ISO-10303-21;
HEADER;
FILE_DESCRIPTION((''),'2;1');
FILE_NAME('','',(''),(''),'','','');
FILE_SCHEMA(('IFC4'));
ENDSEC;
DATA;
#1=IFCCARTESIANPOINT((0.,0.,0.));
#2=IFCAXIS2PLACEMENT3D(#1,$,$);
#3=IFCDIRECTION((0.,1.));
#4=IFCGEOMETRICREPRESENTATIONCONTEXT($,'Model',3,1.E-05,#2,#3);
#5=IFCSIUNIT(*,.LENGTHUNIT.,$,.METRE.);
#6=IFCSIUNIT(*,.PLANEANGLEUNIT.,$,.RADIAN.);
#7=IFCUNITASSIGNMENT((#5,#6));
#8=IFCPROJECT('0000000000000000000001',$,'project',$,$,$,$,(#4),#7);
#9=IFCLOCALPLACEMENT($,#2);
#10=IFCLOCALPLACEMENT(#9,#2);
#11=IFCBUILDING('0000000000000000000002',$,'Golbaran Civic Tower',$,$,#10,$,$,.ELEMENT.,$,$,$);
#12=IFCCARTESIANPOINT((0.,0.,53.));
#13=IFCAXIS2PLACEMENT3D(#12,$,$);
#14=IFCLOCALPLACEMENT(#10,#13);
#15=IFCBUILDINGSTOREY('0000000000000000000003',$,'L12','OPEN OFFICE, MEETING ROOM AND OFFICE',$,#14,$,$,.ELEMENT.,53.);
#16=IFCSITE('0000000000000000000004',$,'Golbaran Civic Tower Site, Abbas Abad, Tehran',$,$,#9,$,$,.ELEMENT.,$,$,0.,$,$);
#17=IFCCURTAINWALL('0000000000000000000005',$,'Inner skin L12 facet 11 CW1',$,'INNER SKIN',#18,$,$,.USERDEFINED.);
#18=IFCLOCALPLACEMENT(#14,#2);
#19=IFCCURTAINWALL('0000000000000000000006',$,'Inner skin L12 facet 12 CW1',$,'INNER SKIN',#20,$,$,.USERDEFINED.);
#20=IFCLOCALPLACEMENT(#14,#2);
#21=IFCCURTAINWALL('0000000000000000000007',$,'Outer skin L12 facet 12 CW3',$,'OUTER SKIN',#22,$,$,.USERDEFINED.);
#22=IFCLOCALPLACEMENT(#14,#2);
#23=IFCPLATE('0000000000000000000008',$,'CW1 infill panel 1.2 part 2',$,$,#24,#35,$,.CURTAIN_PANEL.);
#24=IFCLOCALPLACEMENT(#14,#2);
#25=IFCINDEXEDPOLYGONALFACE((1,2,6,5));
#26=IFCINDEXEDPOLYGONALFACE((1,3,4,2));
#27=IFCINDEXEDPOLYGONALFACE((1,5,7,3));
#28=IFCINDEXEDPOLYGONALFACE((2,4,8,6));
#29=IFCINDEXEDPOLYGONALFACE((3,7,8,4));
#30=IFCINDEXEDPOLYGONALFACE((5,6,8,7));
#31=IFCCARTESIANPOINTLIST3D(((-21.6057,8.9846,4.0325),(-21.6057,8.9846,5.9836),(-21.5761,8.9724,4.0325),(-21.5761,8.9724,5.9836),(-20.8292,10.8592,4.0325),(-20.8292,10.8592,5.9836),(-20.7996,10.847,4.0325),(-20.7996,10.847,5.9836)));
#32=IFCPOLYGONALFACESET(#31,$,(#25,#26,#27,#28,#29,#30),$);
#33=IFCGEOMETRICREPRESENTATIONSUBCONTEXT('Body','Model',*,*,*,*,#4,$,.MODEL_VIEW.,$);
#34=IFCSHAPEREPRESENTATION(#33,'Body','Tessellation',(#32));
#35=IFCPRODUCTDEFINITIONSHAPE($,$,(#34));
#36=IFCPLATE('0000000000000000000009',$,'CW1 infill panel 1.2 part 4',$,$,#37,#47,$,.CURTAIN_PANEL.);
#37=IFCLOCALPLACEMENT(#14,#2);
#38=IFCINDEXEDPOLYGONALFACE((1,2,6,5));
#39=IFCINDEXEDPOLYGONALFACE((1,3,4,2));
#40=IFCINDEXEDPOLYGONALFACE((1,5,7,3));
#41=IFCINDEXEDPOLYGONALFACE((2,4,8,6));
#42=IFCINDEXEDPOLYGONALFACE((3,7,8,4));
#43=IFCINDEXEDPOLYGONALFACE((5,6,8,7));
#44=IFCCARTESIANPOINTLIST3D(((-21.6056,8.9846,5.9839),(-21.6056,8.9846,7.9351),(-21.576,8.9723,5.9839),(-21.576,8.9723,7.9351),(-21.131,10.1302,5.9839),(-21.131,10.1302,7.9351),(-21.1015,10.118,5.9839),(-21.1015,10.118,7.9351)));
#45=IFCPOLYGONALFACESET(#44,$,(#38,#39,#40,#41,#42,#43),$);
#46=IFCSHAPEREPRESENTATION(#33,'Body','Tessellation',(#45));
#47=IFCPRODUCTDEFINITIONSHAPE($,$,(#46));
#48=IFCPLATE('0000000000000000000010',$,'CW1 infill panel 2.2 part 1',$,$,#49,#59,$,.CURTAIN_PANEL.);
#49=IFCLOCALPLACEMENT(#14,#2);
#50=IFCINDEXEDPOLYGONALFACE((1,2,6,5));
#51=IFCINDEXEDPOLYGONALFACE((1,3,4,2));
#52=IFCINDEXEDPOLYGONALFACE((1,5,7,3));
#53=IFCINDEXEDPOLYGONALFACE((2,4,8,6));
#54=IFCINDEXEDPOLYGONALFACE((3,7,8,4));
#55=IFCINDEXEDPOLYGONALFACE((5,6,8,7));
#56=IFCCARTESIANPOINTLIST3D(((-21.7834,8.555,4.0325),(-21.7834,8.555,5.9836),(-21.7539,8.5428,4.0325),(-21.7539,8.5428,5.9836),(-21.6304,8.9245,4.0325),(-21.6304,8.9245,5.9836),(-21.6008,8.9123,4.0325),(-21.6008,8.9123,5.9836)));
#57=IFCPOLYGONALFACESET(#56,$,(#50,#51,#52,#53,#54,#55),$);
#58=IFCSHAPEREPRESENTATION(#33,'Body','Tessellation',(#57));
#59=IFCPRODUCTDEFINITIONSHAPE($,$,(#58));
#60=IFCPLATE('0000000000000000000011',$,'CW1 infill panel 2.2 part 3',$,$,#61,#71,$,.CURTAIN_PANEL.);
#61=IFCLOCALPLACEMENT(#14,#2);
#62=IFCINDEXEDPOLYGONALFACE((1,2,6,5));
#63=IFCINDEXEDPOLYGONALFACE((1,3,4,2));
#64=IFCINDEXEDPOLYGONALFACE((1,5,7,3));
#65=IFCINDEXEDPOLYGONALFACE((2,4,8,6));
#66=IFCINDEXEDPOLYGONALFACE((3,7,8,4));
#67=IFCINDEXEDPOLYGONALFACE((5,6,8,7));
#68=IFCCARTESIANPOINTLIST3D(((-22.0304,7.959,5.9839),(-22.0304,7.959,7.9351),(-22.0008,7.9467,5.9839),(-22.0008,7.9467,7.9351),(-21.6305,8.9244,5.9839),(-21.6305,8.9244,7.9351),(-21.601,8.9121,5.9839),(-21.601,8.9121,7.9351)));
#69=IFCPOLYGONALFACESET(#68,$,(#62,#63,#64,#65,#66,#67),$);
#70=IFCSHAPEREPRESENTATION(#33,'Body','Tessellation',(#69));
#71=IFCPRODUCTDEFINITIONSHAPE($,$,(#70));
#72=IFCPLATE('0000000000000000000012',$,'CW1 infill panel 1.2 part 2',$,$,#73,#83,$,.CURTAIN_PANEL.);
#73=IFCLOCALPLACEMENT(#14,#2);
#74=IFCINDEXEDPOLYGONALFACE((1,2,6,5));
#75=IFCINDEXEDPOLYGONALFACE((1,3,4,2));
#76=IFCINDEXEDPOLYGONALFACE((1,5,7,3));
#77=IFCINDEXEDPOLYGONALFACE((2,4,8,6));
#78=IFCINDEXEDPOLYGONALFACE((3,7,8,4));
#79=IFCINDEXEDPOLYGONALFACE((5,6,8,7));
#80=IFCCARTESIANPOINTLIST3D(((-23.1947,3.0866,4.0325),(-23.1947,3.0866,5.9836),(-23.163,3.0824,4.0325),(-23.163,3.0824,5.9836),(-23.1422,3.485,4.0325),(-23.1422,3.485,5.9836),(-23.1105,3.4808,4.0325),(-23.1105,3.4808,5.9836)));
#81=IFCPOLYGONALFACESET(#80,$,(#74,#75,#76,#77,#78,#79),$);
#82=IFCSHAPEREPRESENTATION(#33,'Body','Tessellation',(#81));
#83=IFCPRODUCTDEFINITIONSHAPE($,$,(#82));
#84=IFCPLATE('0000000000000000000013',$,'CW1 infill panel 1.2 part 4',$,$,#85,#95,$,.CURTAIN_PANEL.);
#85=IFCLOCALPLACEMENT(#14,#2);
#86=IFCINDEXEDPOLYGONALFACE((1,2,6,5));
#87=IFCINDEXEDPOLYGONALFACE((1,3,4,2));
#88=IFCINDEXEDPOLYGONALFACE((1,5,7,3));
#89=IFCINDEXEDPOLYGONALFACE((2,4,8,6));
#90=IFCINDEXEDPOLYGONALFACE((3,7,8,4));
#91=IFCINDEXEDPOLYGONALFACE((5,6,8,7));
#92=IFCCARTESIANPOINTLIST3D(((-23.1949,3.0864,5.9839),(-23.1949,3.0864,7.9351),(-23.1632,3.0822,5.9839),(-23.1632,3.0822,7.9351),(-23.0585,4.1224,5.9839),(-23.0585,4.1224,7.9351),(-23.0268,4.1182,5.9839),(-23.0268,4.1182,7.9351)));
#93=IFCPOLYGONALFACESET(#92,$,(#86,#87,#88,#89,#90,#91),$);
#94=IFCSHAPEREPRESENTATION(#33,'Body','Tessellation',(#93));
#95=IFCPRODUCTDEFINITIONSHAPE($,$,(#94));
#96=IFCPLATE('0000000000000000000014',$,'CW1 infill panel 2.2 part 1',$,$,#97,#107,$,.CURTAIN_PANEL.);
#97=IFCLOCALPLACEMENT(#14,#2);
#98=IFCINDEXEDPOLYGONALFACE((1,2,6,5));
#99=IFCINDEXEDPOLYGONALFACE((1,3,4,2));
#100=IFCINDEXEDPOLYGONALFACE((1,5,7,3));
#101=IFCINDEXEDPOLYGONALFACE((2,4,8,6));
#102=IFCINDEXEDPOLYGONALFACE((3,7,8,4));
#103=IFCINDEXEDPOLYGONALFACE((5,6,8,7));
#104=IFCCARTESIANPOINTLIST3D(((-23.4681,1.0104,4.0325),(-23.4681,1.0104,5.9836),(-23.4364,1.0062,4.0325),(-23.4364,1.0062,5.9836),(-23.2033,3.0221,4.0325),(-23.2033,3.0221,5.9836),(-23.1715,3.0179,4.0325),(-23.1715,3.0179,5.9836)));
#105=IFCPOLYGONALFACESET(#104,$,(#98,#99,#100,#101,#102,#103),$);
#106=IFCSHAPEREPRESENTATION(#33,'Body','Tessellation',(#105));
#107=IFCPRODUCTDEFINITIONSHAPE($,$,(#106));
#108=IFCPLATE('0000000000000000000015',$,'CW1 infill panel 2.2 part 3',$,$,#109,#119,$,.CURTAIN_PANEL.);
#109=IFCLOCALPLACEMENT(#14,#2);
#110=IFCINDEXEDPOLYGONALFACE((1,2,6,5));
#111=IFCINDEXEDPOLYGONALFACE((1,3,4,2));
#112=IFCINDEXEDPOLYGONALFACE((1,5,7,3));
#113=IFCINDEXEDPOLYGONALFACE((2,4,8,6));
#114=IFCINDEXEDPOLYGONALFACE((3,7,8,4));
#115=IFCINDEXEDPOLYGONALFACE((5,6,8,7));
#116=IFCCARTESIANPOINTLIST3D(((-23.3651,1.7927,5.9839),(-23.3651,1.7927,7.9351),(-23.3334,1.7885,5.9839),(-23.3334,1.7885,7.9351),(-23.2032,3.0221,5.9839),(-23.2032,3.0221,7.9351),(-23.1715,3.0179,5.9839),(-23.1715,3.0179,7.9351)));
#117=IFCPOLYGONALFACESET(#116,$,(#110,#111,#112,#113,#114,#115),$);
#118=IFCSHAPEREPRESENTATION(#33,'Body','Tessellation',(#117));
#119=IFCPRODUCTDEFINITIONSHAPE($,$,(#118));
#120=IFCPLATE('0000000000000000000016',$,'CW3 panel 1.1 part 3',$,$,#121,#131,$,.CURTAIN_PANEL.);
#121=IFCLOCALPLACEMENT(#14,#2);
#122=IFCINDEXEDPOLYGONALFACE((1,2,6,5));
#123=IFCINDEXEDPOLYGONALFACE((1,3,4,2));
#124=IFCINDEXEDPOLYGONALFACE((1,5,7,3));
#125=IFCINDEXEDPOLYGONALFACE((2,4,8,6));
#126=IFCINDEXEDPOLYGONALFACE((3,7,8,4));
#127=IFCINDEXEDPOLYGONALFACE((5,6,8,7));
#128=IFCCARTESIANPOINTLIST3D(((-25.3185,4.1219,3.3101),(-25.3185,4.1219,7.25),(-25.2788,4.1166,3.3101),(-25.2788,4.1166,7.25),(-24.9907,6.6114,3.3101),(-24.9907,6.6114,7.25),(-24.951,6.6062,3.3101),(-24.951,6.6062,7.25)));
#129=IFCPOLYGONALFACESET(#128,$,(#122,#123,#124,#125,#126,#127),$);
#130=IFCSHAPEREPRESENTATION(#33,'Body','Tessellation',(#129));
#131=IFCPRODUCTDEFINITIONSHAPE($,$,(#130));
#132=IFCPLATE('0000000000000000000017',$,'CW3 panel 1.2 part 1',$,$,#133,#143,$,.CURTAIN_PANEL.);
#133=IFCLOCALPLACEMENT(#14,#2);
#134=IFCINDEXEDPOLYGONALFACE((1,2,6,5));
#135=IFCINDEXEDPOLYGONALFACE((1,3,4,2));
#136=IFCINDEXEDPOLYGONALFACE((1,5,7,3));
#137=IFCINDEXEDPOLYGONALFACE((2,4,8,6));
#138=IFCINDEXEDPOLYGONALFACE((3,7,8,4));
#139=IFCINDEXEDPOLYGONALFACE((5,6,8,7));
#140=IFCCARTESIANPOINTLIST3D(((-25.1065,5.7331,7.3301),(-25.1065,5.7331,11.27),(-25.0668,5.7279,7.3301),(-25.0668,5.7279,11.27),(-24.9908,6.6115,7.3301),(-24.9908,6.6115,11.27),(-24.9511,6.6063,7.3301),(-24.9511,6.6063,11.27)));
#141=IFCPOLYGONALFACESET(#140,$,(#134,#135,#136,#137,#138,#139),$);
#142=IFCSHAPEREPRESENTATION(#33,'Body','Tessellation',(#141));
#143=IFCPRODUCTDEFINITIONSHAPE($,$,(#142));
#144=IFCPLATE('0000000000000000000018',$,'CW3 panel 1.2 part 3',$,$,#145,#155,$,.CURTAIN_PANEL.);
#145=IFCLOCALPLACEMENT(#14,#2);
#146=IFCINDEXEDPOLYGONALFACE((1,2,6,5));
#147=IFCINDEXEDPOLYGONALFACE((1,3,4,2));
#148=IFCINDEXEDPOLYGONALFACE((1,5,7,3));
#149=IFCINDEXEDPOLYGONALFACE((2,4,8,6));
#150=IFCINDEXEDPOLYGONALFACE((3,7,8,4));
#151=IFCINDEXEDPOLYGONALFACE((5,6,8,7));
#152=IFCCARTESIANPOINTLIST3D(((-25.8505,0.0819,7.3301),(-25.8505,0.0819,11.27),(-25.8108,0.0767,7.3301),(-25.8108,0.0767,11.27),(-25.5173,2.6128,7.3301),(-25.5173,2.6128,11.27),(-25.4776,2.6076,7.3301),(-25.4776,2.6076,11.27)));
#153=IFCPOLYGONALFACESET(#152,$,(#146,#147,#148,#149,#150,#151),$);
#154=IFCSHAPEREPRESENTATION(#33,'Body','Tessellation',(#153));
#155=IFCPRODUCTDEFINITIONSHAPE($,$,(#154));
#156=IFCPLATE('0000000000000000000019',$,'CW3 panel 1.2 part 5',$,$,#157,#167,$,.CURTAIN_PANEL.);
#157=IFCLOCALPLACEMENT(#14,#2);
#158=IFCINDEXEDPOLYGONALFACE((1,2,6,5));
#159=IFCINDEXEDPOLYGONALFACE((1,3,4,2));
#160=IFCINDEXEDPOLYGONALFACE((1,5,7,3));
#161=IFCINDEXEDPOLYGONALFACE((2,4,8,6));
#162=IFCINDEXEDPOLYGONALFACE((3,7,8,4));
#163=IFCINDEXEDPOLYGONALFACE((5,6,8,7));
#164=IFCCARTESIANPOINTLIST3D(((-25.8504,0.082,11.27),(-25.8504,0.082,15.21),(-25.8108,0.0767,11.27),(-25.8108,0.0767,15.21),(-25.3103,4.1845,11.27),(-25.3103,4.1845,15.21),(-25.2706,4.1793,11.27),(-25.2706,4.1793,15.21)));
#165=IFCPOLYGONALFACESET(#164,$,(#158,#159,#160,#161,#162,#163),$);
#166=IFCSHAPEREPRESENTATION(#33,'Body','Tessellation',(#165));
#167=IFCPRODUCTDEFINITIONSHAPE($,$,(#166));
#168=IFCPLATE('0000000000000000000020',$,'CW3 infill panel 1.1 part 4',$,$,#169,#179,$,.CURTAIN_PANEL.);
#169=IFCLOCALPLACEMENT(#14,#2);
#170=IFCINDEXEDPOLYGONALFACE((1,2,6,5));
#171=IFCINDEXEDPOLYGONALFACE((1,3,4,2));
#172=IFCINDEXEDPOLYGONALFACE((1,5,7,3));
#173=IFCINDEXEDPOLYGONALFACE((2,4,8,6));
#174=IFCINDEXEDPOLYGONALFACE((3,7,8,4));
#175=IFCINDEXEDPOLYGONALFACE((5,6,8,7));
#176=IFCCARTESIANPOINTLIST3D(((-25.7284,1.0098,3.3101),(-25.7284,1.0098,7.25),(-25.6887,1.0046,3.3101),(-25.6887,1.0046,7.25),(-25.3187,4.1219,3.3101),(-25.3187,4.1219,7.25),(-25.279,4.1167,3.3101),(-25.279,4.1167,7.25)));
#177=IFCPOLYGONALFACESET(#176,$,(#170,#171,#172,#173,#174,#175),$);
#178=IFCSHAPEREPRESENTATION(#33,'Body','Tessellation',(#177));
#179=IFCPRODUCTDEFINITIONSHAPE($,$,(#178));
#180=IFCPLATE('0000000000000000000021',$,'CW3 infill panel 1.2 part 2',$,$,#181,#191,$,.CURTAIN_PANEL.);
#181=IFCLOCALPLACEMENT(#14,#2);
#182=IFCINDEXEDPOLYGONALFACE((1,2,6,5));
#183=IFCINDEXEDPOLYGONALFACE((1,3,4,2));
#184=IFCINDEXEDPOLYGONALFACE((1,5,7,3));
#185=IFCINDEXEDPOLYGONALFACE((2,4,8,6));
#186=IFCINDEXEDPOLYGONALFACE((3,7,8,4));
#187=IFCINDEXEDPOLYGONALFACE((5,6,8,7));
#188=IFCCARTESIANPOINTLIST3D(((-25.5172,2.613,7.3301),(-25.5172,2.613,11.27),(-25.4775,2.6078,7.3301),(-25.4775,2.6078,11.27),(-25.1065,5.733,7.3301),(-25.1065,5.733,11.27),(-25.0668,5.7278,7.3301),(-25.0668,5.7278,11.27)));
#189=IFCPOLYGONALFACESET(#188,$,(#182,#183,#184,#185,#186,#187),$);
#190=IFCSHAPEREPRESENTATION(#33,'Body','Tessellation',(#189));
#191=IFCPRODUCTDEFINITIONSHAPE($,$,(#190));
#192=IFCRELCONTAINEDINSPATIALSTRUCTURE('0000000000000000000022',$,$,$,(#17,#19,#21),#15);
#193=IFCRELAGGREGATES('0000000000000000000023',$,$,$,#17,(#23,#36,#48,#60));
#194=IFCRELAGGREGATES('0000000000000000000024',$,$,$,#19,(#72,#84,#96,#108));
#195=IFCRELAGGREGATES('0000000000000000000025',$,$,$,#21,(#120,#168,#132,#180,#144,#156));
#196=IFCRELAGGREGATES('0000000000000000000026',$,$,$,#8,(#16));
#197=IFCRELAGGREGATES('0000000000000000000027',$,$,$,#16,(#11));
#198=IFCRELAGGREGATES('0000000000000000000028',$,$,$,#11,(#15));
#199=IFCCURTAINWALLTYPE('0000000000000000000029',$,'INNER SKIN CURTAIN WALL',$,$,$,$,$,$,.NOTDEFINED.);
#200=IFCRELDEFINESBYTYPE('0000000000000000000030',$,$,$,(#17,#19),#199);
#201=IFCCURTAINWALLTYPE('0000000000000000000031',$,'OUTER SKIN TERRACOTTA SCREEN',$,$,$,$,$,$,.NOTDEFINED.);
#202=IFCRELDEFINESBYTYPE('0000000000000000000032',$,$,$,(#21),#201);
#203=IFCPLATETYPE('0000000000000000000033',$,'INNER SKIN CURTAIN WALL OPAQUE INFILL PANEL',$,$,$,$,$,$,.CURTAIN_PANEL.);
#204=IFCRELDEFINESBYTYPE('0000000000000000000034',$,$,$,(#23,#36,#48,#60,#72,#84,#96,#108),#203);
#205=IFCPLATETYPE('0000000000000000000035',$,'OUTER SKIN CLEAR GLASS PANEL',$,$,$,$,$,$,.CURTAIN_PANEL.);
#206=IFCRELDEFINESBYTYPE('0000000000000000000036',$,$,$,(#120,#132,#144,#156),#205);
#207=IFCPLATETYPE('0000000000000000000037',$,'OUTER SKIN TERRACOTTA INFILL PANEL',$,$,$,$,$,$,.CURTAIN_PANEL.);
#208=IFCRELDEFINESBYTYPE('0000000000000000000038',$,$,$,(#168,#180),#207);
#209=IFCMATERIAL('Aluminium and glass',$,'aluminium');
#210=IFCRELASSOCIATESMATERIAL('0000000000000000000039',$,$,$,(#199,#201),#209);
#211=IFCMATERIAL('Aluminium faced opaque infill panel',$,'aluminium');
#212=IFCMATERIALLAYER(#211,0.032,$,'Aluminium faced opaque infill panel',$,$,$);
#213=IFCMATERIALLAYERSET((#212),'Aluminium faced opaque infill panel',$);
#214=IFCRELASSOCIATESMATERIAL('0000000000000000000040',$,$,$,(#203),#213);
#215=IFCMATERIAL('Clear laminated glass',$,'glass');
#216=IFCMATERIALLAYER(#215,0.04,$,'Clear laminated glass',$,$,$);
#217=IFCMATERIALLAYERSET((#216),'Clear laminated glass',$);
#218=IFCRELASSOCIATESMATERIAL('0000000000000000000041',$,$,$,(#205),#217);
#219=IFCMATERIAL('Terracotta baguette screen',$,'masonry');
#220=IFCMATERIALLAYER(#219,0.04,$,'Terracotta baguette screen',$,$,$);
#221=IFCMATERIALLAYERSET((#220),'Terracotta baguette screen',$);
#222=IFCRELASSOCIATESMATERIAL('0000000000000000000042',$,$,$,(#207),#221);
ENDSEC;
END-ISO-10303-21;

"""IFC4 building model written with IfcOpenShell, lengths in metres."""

from ifc_helpers import new_model, si_unit, direction, frame, origin, origin_2d, place, context, subcontext, project, spatial, rectangle, extrude, material, layer, layer_set, type_object, element, aggregate, save


model = new_model("IFC4")

# Units and contexts
model_context = context("Model", 3, precision=1e-05, world=origin(), true_north=direction((0.0, 1.0)))
body_context = subcontext(model_context, "Body", "Model", "MODEL_VIEW")
ifc_project = project(units=[si_unit("LENGTHUNIT", "METRE"), si_unit("PLANEANGLEUNIT", "RADIAN")], contexts=[model_context])

# Site, building, storey
site_placement = place(None, origin())
site = spatial("IfcSite", under=ifc_project, at=site_placement, Name="Golbaran Civic Tower Site, Abbas Abad, Tehran", CompositionType="ELEMENT", RefElevation=0.0)
building_placement = place(site_placement, origin())
building = spatial("IfcBuilding", under=site, at=building_placement, Name="Golbaran Civic Tower", CompositionType="ELEMENT")
storey_placement = place(building_placement, frame((0.0, 0.0, 53.0)))
storey = spatial("IfcBuildingStorey", under=building, at=storey_placement, Name="L12", Description="OPEN OFFICE, MEETING ROOM AND OFFICE", CompositionType="ELEMENT", Elevation=53.0)

# Curtain walls
ifc_material_1 = material(Name="Aluminium and glass", Category="aluminium")
curtain_wall_type_1 = type_object("IfcCurtainWallType", Name="INNER SKIN CURTAIN WALL", PredefinedType="NOTDEFINED", material=ifc_material_1)
curtain_wall_1_placement = place(storey_placement, origin())
curtain_wall_1 = element("IfcCurtainWall", 1, at=curtain_wall_1_placement, inside=storey, type_object=curtain_wall_type_1, Name="Inner skin L12 facet 11 CW1", ObjectType="INNER SKIN", PredefinedType="USERDEFINED")
curtain_wall_2_placement = place(storey_placement, origin())
curtain_wall_2 = element("IfcCurtainWall", 2, at=curtain_wall_2_placement, inside=storey, type_object=curtain_wall_type_1, Name="Inner skin L12 facet 12 CW1", ObjectType="INNER SKIN", PredefinedType="USERDEFINED")
curtain_wall_type_2 = type_object("IfcCurtainWallType", Name="OUTER SKIN TERRACOTTA SCREEN", PredefinedType="NOTDEFINED", material=ifc_material_1)
curtain_wall_3_placement = place(storey_placement, origin())
curtain_wall_3 = element("IfcCurtainWall", 3, at=curtain_wall_3_placement, inside=storey, type_object=curtain_wall_type_2, Name="Outer skin L12 facet 12 CW3", ObjectType="OUTER SKIN", PredefinedType="USERDEFINED")

# Plates
ifc_material_2 = material(Name="Aluminium faced opaque infill panel", Category="aluminium")
ifc_layer_1 = layer(ifc_material_2, 0.032, Name="Aluminium faced opaque infill panel")
ifc_layer_set_1 = layer_set([ifc_layer_1], Name="Aluminium faced opaque infill panel")
plate_type_1 = type_object("IfcPlateType", Name="INNER SKIN CURTAIN WALL OPAQUE INFILL PANEL", PredefinedType="CURTAIN_PANEL", material=ifc_layer_set_1)
plate_1_placement = place(storey_placement, frame((-21.2026, 9.9158, 4.0325), z_axis=(0.0, 0.0, 1.0), x_axis=(-0.382683, -0.92388, 0.0)))
plate_1 = element("IfcPlate", 4, at=plate_1_placement, type_object=plate_type_1, Name="CW1 infill panel 1.2 part 2", PredefinedType="CURTAIN_PANEL", context=body_context, shape_type="SweptSolid", body=[
    extrude(rectangle(XDim=2.0291, YDim=0.032, at=origin_2d()), origin(), (0.0, 0.0, 1.0), 1.9512),
])
plate_2_placement = place(storey_placement, frame((-21.3535, 9.5513, 5.9839), z_axis=(0.0, 0.0, 1.0), x_axis=(-0.382683, -0.92388, 0.0)))
plate_2 = element("IfcPlate", 5, at=plate_2_placement, type_object=plate_type_1, Name="CW1 infill panel 1.2 part 4", PredefinedType="CURTAIN_PANEL", context=body_context, shape_type="SweptSolid", body=[
    extrude(rectangle(XDim=1.24, YDim=0.032, at=origin_2d()), origin(), (0.0, 0.0, 1.0), 1.9512),
])
plate_3_placement = place(storey_placement, frame((-21.6921, 8.7336, 4.0325), z_axis=(0.0, 0.0, 1.0), x_axis=(-0.382683, -0.92388, 0.0)))
plate_3 = element("IfcPlate", 6, at=plate_3_placement, type_object=plate_type_1, Name="CW1 infill panel 2.2 part 1", PredefinedType="CURTAIN_PANEL", context=body_context, shape_type="SweptSolid", body=[
    extrude(rectangle(XDim=0.3999, YDim=0.032, at=origin_2d()), origin(), (0.0, 0.0, 1.0), 1.9512),
])
plate_4_placement = place(storey_placement, frame((-21.8157, 8.4355, 5.9839), z_axis=(0.0, 0.0, 1.0), x_axis=(-0.382683, -0.92388, 0.0)))
plate_4 = element("IfcPlate", 7, at=plate_4_placement, type_object=plate_type_1, Name="CW1 infill panel 2.2 part 3", PredefinedType="CURTAIN_PANEL", context=body_context, shape_type="SweptSolid", body=[
    extrude(rectangle(XDim=1.0449, YDim=0.032, at=origin_2d()), origin(), (0.0, 0.0, 1.0), 1.9512),
])
aggregate(curtain_wall_1, [plate_1, plate_2, plate_3, plate_4])
plate_5_placement = place(storey_placement, frame((-23.1526, 3.2837, 4.0325), z_axis=(0.0, 0.0, 1.0), x_axis=(-0.130526, -0.991445, 0.0)))
plate_5 = element("IfcPlate", 8, at=plate_5_placement, type_object=plate_type_1, Name="CW1 infill panel 1.2 part 2", PredefinedType="CURTAIN_PANEL", context=body_context, shape_type="SweptSolid", body=[
    extrude(rectangle(XDim=0.4019, YDim=0.032, at=origin_2d()), origin(), (0.0, 0.0, 1.0), 1.9512),
])
plate_6_placement = place(storey_placement, frame((-23.1108, 3.6023, 5.9839), z_axis=(0.0, 0.0, 1.0), x_axis=(-0.130526, -0.991445, 0.0)))
plate_6 = element("IfcPlate", 9, at=plate_6_placement, type_object=plate_type_1, Name="CW1 infill panel 1.2 part 4", PredefinedType="CURTAIN_PANEL", context=body_context, shape_type="SweptSolid", body=[
    extrude(rectangle(XDim=1.0449, YDim=0.032, at=origin_2d()), origin(), (0.0, 0.0, 1.0), 1.9512),
])
plate_7_placement = place(storey_placement, frame((-23.3198, 2.0142, 4.0325), z_axis=(0.0, 0.0, 1.0), x_axis=(-0.130526, -0.991445, 0.0)))
plate_7 = element("IfcPlate", 10, at=plate_7_placement, type_object=plate_type_1, Name="CW1 infill panel 2.2 part 1", PredefinedType="CURTAIN_PANEL", context=body_context, shape_type="SweptSolid", body=[
    extrude(rectangle(XDim=2.0291, YDim=0.032, at=origin_2d()), origin(), (0.0, 0.0, 1.0), 1.9512),
])
plate_8_placement = place(storey_placement, frame((-23.2683, 2.4053, 5.9839), z_axis=(0.0, 0.0, 1.0), x_axis=(-0.130526, -0.991445, 0.0)))
plate_8 = element("IfcPlate", 11, at=plate_8_placement, type_object=plate_type_1, Name="CW1 infill panel 2.2 part 3", PredefinedType="CURTAIN_PANEL", context=body_context, shape_type="SweptSolid", body=[
    extrude(rectangle(XDim=1.24, YDim=0.032, at=origin_2d()), origin(), (0.0, 0.0, 1.0), 1.9512),
])
aggregate(curtain_wall_2, [plate_5, plate_6, plate_7, plate_8])
ifc_material_3 = material(Name="Clear laminated glass", Category="glass")
ifc_layer_2 = layer(ifc_material_3, 0.04, Name="Clear laminated glass")
ifc_layer_set_2 = layer_set([ifc_layer_2], Name="Clear laminated glass")
plate_type_2 = type_object("IfcPlateType", Name="OUTER SKIN CLEAR GLASS PANEL", PredefinedType="CURTAIN_PANEL", material=ifc_layer_set_2)
plate_9_placement = place(storey_placement, frame((-25.1348, 5.364, 3.3101), z_axis=(0.0, 0.0, 1.0), x_axis=(-0.130526, -0.991445, 0.0)))
plate_9 = element("IfcPlate", 12, at=plate_9_placement, type_object=plate_type_2, Name="CW3 panel 1.1 part 3", PredefinedType="CURTAIN_PANEL", context=body_context, shape_type="SweptSolid", body=[
    extrude(rectangle(XDim=2.511, YDim=0.04, at=origin_2d()), origin(), (0.0, 0.0, 1.0), 3.9399),
])
plate_10_placement = place(storey_placement, frame((-25.0288, 6.1697, 7.3301), z_axis=(0.0, 0.0, 1.0), x_axis=(-0.130526, -0.991445, 0.0)))
plate_10 = element("IfcPlate", 13, at=plate_10_placement, type_object=plate_type_2, Name="CW3 panel 1.2 part 1", PredefinedType="CURTAIN_PANEL", context=body_context, shape_type="SweptSolid", body=[
    extrude(rectangle(XDim=0.886, YDim=0.04, at=origin_2d()), origin(), (0.0, 0.0, 1.0), 3.9399),
])
plate_11_placement = place(storey_placement, frame((-25.6641, 1.3447, 7.3301), z_axis=(0.0, 0.0, 1.0), x_axis=(-0.130526, -0.991445, 0.0)))
plate_11 = element("IfcPlate", 14, at=plate_11_placement, type_object=plate_type_2, Name="CW3 panel 1.2 part 3", PredefinedType="CURTAIN_PANEL", context=body_context, shape_type="SweptSolid", body=[
    extrude(rectangle(XDim=2.5527, YDim=0.04, at=origin_2d()), origin(), (0.0, 0.0, 1.0), 3.9399),
])
plate_12_placement = place(storey_placement, frame((-25.5605, 2.1306, 11.27), z_axis=(0.0, 0.0, 1.0), x_axis=(-0.130526, -0.991445, 0.0)))
plate_12 = element("IfcPlate", 15, at=plate_12_placement, type_object=plate_type_2, Name="CW3 panel 1.2 part 5", PredefinedType="CURTAIN_PANEL", context=body_context, shape_type="SweptSolid", body=[
    extrude(rectangle(XDim=4.1379, YDim=0.04, at=origin_2d()), origin(), (0.0, 0.0, 1.0), 3.9399),
])
ifc_material_4 = material(Name="Terracotta baguette screen", Category="masonry")
ifc_layer_3 = layer(ifc_material_4, 0.04, Name="Terracotta baguette screen")
ifc_layer_set_3 = layer_set([ifc_layer_3], Name="Terracotta baguette screen")
plate_type_3 = type_object("IfcPlateType", Name="OUTER SKIN TERRACOTTA INFILL PANEL", PredefinedType="CURTAIN_PANEL", material=ifc_layer_set_3)
plate_13_placement = place(storey_placement, frame((-25.5037, 2.5632, 3.3101), z_axis=(0.0, 0.0, 1.0), x_axis=(-0.130526, -0.991445, 0.0)))
plate_13 = element("IfcPlate", 16, at=plate_13_placement, type_object=plate_type_3, Name="CW3 infill panel 1.1 part 4", PredefinedType="CURTAIN_PANEL", context=body_context, shape_type="SweptSolid", body=[
    extrude(rectangle(XDim=3.1389, YDim=0.04, at=origin_2d()), origin(), (0.0, 0.0, 1.0), 3.9399),
])
plate_14_placement = place(storey_placement, frame((-25.292, 4.1704, 7.3301), z_axis=(0.0, 0.0, 1.0), x_axis=(-0.130526, -0.991445, 0.0)))
plate_14 = element("IfcPlate", 17, at=plate_14_placement, type_object=plate_type_3, Name="CW3 infill panel 1.2 part 2", PredefinedType="CURTAIN_PANEL", context=body_context, shape_type="SweptSolid", body=[
    extrude(rectangle(XDim=3.147, YDim=0.04, at=origin_2d()), origin(), (0.0, 0.0, 1.0), 3.9399),
])
aggregate(curtain_wall_3, [plate_9, plate_13, plate_10, plate_14, plate_11, plate_12])

save(model, "model.ifc")
